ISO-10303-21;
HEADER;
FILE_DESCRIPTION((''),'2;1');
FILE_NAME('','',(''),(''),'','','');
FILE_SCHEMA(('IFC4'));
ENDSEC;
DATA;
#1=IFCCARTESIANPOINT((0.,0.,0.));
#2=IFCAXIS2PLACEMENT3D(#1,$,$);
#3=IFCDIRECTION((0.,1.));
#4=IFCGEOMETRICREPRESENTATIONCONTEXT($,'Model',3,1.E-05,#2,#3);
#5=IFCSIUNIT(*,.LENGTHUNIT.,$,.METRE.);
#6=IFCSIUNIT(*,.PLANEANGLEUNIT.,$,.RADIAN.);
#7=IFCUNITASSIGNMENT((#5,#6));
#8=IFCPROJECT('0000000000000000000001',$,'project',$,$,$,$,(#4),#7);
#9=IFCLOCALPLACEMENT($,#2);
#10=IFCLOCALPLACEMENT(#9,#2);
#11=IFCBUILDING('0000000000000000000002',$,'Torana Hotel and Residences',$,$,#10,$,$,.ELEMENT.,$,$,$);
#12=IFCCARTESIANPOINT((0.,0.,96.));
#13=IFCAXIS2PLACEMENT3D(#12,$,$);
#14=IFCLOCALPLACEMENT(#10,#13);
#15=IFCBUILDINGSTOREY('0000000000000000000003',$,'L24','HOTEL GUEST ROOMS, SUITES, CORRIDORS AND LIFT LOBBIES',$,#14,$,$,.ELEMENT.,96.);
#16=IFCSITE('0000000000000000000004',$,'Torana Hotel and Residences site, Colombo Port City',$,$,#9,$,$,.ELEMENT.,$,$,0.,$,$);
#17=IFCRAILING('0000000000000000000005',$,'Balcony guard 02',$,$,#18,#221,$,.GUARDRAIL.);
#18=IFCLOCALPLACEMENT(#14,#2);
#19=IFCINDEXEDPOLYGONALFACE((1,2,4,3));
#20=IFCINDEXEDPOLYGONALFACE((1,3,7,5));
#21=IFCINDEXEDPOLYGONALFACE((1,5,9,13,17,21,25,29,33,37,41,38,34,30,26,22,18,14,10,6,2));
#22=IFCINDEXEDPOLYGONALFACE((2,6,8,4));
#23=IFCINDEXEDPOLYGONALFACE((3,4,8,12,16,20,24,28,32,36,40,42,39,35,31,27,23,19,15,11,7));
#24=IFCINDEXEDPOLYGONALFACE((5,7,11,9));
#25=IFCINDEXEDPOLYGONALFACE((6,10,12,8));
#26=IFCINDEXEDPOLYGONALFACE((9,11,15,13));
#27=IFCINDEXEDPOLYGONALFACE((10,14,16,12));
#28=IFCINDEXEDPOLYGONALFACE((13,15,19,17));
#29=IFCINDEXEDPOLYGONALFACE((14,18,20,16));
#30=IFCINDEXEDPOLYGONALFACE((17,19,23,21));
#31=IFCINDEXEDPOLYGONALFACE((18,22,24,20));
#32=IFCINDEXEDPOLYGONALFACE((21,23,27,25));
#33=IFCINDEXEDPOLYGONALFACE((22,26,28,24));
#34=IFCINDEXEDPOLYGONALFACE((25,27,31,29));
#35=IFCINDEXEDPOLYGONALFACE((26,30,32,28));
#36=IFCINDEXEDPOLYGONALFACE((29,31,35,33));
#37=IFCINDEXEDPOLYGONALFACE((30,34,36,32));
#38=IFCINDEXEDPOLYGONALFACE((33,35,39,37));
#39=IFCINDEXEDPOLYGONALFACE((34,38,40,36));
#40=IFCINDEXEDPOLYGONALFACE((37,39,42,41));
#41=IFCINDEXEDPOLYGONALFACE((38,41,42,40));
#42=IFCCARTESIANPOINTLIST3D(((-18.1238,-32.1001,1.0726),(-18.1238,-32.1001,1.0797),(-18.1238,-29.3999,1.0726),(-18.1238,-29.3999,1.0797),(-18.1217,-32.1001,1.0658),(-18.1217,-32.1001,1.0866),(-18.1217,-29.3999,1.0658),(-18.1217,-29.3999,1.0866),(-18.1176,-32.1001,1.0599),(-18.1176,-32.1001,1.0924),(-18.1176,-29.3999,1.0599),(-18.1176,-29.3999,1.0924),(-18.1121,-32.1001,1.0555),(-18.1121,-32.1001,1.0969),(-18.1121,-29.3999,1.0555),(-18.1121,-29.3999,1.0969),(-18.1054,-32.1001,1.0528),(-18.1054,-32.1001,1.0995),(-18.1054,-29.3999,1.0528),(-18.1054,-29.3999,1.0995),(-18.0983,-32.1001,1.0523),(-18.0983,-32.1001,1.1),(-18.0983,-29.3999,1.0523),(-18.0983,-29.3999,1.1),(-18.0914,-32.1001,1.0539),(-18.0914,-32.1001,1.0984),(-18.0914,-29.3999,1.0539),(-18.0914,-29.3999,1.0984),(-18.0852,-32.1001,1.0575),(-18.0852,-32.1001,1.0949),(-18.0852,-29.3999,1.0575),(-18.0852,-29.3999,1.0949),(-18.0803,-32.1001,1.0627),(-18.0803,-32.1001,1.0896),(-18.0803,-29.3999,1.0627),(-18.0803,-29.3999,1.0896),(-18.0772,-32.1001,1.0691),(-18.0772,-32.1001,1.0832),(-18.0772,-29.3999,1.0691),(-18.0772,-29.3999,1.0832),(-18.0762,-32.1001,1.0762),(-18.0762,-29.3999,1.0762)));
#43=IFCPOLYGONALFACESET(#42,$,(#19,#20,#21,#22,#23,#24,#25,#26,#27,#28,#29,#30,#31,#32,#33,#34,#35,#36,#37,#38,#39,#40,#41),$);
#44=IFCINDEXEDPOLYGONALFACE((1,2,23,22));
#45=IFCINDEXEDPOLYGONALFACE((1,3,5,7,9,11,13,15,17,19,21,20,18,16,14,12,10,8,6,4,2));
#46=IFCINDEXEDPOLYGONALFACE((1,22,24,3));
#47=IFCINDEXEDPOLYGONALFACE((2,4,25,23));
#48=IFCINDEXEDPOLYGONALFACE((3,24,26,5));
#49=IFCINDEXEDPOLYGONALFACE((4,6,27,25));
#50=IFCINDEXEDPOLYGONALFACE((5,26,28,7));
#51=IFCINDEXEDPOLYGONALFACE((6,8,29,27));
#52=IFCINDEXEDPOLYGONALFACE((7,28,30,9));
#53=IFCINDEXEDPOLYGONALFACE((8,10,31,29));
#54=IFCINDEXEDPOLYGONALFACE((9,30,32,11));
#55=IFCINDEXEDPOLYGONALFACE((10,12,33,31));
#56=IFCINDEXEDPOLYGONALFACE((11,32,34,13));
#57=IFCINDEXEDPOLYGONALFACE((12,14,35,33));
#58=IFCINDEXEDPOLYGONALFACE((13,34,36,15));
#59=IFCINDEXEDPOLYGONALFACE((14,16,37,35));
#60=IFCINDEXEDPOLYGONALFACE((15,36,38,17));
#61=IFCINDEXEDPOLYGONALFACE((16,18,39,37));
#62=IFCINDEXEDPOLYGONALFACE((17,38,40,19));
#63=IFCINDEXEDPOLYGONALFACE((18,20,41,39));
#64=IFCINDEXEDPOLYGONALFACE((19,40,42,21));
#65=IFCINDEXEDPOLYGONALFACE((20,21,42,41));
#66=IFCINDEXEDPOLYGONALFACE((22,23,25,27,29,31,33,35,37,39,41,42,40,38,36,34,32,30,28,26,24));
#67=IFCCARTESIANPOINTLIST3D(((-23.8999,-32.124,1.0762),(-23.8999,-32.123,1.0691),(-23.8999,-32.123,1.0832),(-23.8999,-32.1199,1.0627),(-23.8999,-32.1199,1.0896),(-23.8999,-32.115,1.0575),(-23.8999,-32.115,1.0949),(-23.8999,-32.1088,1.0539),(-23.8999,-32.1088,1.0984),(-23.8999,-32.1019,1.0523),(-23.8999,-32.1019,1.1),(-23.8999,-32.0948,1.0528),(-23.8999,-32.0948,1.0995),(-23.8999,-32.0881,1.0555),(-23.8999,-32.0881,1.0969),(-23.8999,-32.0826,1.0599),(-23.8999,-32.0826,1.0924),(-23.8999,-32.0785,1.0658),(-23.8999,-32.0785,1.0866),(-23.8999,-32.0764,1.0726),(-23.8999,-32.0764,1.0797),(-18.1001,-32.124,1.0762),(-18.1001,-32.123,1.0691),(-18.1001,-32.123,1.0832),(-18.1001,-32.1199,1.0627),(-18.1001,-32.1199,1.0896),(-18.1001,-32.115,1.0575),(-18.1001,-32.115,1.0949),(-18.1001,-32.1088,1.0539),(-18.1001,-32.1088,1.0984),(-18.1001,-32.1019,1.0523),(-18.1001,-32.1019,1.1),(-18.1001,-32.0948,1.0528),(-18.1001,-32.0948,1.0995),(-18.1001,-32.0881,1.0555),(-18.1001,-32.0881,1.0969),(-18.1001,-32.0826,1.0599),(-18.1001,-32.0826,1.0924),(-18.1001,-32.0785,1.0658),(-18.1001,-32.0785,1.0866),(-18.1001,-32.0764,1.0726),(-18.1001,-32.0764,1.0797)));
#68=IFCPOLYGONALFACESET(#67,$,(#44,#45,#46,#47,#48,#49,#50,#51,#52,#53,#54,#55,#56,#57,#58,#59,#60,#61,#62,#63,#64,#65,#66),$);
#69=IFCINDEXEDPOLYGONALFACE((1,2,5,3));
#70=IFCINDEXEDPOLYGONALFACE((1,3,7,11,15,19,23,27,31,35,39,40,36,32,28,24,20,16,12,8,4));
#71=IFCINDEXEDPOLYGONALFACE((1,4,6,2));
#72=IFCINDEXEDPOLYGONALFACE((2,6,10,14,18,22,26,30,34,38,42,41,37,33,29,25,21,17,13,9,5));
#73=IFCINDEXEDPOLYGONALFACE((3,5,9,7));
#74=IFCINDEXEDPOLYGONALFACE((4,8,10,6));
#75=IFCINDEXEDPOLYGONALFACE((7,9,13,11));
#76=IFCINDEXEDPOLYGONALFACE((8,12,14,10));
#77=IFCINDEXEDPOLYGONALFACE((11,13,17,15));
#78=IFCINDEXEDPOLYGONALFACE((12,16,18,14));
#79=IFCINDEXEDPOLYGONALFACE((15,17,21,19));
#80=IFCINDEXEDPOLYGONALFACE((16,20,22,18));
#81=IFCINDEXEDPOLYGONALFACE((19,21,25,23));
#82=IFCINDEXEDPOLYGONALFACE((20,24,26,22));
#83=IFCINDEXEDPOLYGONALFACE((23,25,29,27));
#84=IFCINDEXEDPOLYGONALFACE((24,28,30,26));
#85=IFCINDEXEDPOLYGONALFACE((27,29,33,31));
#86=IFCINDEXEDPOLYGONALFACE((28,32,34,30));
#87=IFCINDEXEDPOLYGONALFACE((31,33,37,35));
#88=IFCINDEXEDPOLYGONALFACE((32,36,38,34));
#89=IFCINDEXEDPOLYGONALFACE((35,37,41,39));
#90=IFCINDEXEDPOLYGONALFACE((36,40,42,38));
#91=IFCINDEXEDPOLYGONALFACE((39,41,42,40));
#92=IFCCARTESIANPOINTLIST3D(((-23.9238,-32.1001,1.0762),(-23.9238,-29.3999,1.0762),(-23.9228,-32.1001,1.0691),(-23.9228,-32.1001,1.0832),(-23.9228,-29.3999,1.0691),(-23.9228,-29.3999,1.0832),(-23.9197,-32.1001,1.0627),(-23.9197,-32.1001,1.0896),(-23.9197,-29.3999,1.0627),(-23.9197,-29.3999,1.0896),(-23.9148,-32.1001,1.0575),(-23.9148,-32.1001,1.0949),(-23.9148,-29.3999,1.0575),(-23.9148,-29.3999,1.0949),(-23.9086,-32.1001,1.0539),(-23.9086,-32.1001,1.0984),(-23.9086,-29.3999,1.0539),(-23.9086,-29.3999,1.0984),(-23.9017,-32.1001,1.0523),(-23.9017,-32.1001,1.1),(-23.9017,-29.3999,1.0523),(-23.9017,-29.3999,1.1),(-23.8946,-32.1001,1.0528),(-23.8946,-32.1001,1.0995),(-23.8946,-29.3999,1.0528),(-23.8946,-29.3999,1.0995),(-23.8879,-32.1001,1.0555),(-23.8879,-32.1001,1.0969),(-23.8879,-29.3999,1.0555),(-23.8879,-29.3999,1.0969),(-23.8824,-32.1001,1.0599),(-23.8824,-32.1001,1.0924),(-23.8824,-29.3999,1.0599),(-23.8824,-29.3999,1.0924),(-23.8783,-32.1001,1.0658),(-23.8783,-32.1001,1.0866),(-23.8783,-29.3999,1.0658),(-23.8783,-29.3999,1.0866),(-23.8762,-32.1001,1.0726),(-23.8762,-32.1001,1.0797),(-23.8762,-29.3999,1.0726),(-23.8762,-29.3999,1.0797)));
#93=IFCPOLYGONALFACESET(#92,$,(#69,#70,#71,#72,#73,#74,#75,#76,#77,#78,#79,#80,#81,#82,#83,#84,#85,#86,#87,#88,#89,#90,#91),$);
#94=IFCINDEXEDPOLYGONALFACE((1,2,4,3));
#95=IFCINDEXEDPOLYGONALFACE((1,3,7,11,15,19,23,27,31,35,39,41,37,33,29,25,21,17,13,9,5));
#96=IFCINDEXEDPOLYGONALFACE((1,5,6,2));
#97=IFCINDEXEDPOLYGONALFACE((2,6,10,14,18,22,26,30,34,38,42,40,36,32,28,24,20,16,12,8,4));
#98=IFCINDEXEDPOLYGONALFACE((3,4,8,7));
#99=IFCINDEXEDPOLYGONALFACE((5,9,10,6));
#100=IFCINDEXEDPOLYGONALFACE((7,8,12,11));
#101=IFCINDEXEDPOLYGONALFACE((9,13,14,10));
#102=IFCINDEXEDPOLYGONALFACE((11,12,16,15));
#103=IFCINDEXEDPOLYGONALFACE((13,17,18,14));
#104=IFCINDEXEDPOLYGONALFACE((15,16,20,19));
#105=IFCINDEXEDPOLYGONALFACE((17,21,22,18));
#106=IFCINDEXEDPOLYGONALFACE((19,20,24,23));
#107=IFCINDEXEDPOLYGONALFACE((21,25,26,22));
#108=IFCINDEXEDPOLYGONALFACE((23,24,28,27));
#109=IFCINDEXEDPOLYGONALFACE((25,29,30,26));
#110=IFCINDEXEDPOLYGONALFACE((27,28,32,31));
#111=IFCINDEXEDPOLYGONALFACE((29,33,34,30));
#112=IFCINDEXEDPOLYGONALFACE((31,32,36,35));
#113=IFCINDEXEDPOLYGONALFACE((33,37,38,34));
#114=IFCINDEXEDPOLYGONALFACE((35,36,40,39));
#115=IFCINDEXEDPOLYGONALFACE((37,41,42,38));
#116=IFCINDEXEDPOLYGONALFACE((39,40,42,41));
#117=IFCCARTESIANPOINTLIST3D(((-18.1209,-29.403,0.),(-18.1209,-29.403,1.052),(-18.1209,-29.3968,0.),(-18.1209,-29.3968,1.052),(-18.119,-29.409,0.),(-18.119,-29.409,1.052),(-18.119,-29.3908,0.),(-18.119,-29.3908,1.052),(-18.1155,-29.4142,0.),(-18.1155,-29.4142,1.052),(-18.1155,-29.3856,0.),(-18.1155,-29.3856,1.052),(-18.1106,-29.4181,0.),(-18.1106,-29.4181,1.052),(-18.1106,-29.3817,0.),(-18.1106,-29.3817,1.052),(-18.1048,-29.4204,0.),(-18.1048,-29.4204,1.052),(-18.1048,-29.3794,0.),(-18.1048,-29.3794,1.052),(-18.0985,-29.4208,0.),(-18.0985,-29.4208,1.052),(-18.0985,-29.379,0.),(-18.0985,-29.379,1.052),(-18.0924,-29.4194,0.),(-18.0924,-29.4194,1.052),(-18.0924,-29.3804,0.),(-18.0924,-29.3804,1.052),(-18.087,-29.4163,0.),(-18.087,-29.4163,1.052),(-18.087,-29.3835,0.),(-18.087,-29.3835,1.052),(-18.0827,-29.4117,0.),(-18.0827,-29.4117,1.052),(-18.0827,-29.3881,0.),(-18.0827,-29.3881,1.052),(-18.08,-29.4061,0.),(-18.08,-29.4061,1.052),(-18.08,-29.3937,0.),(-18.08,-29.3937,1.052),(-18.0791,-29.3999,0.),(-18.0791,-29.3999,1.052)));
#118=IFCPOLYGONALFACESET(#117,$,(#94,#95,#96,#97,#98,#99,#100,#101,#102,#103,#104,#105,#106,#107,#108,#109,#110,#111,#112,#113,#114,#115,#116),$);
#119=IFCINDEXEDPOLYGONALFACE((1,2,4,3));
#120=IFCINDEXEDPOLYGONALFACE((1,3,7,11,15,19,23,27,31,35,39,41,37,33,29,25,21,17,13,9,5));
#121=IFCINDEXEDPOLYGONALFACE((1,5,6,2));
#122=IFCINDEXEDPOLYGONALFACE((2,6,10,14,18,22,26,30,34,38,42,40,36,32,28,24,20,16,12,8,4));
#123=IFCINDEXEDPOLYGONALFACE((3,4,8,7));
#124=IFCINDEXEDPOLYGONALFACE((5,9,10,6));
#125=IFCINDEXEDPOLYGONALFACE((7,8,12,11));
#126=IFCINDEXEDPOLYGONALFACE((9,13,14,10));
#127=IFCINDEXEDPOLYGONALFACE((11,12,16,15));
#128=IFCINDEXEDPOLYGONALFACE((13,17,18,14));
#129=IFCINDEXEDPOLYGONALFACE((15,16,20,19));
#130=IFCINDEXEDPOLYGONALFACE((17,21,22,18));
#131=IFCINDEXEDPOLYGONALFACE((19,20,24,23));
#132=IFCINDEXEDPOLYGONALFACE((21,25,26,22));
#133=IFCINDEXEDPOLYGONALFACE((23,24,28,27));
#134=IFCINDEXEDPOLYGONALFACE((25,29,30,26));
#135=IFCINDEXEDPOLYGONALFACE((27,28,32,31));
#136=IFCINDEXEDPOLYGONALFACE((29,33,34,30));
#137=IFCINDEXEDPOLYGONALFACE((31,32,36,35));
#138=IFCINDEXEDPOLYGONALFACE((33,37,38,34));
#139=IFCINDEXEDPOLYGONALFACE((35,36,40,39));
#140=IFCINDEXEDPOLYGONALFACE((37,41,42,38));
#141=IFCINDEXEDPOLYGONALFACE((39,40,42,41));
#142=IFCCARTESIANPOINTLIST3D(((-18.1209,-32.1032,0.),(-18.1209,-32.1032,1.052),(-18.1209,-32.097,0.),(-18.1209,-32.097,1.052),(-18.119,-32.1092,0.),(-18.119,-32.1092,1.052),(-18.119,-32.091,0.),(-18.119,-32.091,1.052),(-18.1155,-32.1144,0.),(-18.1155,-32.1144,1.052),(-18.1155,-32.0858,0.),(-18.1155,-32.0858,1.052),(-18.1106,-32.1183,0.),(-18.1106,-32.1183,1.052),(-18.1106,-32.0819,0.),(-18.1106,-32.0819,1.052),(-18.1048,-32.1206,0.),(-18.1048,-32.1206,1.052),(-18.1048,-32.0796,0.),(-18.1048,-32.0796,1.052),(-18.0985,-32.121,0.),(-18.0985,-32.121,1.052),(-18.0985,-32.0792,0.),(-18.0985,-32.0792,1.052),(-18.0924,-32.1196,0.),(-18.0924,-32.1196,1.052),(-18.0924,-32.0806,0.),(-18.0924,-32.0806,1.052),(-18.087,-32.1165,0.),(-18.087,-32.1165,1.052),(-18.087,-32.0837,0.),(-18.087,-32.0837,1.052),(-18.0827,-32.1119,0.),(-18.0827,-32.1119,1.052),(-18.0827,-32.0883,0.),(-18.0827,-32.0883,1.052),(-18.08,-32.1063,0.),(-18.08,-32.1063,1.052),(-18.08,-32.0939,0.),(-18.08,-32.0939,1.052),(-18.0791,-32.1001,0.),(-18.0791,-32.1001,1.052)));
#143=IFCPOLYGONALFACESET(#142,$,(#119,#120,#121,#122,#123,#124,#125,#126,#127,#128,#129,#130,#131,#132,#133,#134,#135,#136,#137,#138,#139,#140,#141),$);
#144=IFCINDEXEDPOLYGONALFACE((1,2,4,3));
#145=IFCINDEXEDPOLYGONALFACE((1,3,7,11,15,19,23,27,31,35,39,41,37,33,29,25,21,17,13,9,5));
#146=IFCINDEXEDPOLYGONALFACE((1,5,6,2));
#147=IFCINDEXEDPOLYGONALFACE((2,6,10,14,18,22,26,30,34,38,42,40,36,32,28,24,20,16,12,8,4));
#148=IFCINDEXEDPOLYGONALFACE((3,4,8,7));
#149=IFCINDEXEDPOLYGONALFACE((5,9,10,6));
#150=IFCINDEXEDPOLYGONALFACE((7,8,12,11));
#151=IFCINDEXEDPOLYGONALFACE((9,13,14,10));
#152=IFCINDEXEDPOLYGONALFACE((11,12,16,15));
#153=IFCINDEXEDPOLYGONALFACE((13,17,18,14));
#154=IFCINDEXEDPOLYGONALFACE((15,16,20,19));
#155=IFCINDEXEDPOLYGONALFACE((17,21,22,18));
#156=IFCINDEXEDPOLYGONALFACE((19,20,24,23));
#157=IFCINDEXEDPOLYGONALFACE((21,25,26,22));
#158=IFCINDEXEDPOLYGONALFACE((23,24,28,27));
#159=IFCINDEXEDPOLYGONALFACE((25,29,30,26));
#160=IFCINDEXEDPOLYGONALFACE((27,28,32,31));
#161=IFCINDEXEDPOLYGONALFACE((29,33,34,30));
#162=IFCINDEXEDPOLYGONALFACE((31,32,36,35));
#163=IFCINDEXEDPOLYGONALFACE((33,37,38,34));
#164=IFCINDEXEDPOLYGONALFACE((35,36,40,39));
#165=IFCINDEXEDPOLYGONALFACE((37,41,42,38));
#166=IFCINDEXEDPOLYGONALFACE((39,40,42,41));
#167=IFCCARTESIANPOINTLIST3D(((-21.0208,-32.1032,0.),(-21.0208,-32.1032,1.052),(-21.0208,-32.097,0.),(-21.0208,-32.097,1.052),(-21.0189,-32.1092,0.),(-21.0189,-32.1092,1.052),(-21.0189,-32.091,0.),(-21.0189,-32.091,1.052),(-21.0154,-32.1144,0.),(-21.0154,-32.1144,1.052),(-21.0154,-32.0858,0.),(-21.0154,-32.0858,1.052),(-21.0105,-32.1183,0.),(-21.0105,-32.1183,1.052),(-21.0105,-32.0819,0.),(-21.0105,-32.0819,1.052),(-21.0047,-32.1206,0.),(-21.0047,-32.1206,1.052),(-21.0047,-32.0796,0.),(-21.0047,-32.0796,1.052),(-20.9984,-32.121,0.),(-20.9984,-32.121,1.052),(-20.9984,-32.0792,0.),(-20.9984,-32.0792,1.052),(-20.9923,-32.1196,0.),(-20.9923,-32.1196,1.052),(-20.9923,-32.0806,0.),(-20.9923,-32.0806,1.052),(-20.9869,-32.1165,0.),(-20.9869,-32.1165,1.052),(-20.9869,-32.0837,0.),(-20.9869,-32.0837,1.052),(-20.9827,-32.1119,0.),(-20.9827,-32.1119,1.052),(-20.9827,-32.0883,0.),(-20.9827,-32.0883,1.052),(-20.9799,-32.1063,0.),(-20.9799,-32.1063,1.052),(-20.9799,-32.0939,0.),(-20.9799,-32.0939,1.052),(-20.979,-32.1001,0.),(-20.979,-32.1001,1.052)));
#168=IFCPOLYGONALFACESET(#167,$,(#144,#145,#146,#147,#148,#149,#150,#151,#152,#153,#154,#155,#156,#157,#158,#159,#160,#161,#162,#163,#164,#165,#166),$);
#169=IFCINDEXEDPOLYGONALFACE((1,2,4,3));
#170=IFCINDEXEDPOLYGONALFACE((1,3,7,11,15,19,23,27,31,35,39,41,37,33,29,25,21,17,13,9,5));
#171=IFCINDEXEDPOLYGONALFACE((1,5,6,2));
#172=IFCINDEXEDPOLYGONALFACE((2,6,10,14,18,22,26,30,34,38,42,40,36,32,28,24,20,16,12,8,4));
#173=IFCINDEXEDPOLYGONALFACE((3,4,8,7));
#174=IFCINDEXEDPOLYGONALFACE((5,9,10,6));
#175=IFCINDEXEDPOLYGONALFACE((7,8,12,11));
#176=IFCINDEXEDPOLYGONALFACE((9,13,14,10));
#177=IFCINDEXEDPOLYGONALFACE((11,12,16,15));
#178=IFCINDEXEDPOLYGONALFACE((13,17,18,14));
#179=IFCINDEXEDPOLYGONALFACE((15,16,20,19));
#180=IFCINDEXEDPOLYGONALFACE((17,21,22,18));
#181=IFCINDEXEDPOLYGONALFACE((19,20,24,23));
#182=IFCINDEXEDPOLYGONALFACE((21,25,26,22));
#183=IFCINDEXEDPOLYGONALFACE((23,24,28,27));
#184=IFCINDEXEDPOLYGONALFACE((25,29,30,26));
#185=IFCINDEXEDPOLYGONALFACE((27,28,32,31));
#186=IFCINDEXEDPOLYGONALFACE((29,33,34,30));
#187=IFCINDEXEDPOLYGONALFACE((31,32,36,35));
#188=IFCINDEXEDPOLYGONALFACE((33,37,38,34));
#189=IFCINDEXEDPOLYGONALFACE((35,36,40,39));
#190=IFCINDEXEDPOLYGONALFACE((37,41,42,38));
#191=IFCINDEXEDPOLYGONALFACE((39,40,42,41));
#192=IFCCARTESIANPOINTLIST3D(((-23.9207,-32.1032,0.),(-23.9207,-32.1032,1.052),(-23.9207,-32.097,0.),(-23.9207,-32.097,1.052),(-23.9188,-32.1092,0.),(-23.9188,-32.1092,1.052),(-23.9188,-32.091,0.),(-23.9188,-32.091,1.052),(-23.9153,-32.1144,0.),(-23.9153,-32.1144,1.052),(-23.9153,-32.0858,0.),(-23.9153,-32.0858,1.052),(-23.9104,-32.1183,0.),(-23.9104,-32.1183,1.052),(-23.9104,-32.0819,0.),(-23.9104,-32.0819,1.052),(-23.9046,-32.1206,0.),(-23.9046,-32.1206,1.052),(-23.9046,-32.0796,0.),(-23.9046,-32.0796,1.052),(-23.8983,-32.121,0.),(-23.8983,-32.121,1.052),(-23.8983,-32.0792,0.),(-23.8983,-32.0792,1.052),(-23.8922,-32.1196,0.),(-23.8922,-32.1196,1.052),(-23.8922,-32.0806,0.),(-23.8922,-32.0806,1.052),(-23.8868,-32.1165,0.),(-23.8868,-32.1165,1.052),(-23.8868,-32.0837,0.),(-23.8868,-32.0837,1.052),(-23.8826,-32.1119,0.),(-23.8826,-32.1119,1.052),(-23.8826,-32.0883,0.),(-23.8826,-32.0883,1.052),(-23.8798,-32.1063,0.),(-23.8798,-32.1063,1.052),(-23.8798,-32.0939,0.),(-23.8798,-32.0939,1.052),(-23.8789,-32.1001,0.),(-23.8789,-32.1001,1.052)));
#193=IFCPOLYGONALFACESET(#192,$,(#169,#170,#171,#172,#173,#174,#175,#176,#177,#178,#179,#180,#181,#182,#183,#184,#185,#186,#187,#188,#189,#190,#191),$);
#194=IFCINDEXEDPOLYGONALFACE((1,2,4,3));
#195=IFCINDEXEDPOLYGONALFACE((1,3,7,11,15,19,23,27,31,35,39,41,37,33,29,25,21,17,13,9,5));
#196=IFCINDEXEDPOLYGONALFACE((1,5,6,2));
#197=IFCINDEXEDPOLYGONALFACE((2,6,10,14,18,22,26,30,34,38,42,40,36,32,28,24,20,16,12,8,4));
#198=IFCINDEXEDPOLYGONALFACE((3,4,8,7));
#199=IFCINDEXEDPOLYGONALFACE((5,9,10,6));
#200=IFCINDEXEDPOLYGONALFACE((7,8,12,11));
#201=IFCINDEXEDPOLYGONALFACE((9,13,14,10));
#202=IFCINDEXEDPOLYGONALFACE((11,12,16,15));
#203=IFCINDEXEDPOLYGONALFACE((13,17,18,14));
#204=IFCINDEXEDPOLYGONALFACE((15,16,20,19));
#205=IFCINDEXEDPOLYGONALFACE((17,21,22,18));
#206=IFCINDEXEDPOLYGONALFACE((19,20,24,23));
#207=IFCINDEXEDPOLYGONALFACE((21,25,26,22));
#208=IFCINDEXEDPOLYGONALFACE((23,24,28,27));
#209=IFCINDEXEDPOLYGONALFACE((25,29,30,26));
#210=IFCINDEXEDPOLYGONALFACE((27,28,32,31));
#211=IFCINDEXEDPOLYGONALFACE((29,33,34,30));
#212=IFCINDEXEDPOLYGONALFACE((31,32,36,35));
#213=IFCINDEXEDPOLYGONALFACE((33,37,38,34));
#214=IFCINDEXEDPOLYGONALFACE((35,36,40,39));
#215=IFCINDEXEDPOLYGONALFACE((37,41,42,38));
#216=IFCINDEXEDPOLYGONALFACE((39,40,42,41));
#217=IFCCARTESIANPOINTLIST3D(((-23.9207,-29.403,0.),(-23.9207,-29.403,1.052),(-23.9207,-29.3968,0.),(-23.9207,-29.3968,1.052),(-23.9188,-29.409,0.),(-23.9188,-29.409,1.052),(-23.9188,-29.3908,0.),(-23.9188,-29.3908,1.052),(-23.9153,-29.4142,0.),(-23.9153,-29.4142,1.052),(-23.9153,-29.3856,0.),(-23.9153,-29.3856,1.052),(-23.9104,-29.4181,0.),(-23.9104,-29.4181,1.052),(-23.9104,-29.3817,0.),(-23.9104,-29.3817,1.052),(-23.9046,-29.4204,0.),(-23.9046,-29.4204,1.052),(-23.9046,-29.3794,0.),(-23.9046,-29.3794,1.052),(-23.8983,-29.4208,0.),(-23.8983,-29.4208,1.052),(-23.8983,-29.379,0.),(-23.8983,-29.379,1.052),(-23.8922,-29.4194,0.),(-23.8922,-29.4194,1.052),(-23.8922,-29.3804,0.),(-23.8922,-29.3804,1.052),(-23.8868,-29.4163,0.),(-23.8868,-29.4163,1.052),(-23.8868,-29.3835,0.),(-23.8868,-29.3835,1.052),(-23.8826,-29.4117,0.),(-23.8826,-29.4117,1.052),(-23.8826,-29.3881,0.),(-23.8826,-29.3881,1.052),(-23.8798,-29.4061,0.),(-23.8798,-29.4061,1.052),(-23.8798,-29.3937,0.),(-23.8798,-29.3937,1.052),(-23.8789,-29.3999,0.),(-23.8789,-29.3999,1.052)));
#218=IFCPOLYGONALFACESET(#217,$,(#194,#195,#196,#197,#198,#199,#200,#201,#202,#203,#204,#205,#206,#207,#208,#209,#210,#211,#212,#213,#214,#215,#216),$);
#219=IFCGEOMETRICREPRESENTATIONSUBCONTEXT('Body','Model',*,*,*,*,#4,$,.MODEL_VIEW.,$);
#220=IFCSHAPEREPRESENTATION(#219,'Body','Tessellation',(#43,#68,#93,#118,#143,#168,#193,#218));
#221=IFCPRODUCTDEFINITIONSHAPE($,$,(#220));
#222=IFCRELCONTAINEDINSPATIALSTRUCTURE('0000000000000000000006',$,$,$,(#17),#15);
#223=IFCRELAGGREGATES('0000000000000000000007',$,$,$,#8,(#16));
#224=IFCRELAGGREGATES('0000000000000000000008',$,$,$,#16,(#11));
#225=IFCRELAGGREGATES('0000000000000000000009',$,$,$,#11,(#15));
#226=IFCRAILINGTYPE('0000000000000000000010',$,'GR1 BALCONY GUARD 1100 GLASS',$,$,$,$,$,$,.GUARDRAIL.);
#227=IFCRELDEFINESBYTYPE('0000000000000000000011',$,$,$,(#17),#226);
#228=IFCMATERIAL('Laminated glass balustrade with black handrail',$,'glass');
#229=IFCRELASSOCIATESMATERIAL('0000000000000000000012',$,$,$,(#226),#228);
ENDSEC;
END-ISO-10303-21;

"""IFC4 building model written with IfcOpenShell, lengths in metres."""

from ifc_helpers import new_model, si_unit, direction, frame, origin, origin_2d, place, context, subcontext, project, spatial, circle, extrude, material, type_object, element, save


model = new_model("IFC4")

# Units and contexts
model_context = context("Model", 3, precision=1e-05, world=origin(), true_north=direction((0.0, 1.0)))
body_context = subcontext(model_context, "Body", "Model", "MODEL_VIEW")
ifc_project = project(units=[si_unit("LENGTHUNIT", "METRE"), si_unit("PLANEANGLEUNIT", "RADIAN")], contexts=[model_context])

# Site, building, storey
site_placement = place(None, origin())
site = spatial("IfcSite", under=ifc_project, at=site_placement, Name="Torana Hotel and Residences site, Colombo Port City", CompositionType="ELEMENT", RefElevation=0.0)
building_placement = place(site_placement, origin())
building = spatial("IfcBuilding", under=site, at=building_placement, Name="Torana Hotel and Residences", CompositionType="ELEMENT")
storey_placement = place(building_placement, frame((0.0, 0.0, 96.0)))
storey = spatial("IfcBuildingStorey", under=building, at=storey_placement, Name="L24", Description="HOTEL GUEST ROOMS, SUITES, CORRIDORS AND LIFT LOBBIES", CompositionType="ELEMENT", Elevation=96.0)

# Railing
ifc_material_1 = material(Name="Laminated glass balustrade with black handrail", Category="glass")
railing_type = type_object("IfcRailingType", Name="GR1 BALCONY GUARD 1100 GLASS", PredefinedType="GUARDRAIL", material=ifc_material_1)
railing_placement = place(storey_placement, frame((-18.1001, -29.3999, 0.0)))
element("IfcRailing", 1, at=railing_placement, inside=storey, type_object=railing_type, Name="Balcony guard 02", PredefinedType="GUARDRAIL", context=body_context, shape_type="SweptSolid", body=[
    extrude(circle(Radius=0.0239, at=origin_2d()), frame((0.0, 0.0, 1.0762), z_axis=(0.0, -1.0, 0.0), x_axis=(1.0, 0.0, 0.0)), (0.0, 0.0, 1.0), 2.7002),
    extrude(circle(Radius=0.0239, at=origin_2d()), frame((0.0, -2.7002, 1.0762), z_axis=(-1.0, 0.0, 0.0), x_axis=(0.0, -1.0, 0.0)), (0.0, 0.0, 1.0), 5.7998),
    extrude(circle(Radius=0.0239, at=origin_2d()), frame((-5.7998, -2.7002, 1.0762), z_axis=(0.0, 1.0, 0.0), x_axis=(-1.0, 0.0, 0.0)), (0.0, 0.0, 1.0), 2.7002),
    extrude(circle(Radius=0.021, at=origin_2d()), origin(), (0.0, 0.0, 1.0), 1.052),
    extrude(circle(Radius=0.021, at=origin_2d()), frame((0.0, -2.7002, 0.0)), (0.0, 0.0, 1.0), 1.052),
    extrude(circle(Radius=0.021, at=origin_2d()), frame((-2.8999, -2.7002, 0.0)), (0.0, 0.0, 1.0), 1.052),
    extrude(circle(Radius=0.021, at=origin_2d()), frame((-5.7998, -2.7002, 0.0)), (0.0, 0.0, 1.0), 1.052),
    extrude(circle(Radius=0.021, at=origin_2d()), frame((-5.7998, 0.0, 0.0)), (0.0, 0.0, 1.0), 1.052),
])

save(model, "model.ifc")
